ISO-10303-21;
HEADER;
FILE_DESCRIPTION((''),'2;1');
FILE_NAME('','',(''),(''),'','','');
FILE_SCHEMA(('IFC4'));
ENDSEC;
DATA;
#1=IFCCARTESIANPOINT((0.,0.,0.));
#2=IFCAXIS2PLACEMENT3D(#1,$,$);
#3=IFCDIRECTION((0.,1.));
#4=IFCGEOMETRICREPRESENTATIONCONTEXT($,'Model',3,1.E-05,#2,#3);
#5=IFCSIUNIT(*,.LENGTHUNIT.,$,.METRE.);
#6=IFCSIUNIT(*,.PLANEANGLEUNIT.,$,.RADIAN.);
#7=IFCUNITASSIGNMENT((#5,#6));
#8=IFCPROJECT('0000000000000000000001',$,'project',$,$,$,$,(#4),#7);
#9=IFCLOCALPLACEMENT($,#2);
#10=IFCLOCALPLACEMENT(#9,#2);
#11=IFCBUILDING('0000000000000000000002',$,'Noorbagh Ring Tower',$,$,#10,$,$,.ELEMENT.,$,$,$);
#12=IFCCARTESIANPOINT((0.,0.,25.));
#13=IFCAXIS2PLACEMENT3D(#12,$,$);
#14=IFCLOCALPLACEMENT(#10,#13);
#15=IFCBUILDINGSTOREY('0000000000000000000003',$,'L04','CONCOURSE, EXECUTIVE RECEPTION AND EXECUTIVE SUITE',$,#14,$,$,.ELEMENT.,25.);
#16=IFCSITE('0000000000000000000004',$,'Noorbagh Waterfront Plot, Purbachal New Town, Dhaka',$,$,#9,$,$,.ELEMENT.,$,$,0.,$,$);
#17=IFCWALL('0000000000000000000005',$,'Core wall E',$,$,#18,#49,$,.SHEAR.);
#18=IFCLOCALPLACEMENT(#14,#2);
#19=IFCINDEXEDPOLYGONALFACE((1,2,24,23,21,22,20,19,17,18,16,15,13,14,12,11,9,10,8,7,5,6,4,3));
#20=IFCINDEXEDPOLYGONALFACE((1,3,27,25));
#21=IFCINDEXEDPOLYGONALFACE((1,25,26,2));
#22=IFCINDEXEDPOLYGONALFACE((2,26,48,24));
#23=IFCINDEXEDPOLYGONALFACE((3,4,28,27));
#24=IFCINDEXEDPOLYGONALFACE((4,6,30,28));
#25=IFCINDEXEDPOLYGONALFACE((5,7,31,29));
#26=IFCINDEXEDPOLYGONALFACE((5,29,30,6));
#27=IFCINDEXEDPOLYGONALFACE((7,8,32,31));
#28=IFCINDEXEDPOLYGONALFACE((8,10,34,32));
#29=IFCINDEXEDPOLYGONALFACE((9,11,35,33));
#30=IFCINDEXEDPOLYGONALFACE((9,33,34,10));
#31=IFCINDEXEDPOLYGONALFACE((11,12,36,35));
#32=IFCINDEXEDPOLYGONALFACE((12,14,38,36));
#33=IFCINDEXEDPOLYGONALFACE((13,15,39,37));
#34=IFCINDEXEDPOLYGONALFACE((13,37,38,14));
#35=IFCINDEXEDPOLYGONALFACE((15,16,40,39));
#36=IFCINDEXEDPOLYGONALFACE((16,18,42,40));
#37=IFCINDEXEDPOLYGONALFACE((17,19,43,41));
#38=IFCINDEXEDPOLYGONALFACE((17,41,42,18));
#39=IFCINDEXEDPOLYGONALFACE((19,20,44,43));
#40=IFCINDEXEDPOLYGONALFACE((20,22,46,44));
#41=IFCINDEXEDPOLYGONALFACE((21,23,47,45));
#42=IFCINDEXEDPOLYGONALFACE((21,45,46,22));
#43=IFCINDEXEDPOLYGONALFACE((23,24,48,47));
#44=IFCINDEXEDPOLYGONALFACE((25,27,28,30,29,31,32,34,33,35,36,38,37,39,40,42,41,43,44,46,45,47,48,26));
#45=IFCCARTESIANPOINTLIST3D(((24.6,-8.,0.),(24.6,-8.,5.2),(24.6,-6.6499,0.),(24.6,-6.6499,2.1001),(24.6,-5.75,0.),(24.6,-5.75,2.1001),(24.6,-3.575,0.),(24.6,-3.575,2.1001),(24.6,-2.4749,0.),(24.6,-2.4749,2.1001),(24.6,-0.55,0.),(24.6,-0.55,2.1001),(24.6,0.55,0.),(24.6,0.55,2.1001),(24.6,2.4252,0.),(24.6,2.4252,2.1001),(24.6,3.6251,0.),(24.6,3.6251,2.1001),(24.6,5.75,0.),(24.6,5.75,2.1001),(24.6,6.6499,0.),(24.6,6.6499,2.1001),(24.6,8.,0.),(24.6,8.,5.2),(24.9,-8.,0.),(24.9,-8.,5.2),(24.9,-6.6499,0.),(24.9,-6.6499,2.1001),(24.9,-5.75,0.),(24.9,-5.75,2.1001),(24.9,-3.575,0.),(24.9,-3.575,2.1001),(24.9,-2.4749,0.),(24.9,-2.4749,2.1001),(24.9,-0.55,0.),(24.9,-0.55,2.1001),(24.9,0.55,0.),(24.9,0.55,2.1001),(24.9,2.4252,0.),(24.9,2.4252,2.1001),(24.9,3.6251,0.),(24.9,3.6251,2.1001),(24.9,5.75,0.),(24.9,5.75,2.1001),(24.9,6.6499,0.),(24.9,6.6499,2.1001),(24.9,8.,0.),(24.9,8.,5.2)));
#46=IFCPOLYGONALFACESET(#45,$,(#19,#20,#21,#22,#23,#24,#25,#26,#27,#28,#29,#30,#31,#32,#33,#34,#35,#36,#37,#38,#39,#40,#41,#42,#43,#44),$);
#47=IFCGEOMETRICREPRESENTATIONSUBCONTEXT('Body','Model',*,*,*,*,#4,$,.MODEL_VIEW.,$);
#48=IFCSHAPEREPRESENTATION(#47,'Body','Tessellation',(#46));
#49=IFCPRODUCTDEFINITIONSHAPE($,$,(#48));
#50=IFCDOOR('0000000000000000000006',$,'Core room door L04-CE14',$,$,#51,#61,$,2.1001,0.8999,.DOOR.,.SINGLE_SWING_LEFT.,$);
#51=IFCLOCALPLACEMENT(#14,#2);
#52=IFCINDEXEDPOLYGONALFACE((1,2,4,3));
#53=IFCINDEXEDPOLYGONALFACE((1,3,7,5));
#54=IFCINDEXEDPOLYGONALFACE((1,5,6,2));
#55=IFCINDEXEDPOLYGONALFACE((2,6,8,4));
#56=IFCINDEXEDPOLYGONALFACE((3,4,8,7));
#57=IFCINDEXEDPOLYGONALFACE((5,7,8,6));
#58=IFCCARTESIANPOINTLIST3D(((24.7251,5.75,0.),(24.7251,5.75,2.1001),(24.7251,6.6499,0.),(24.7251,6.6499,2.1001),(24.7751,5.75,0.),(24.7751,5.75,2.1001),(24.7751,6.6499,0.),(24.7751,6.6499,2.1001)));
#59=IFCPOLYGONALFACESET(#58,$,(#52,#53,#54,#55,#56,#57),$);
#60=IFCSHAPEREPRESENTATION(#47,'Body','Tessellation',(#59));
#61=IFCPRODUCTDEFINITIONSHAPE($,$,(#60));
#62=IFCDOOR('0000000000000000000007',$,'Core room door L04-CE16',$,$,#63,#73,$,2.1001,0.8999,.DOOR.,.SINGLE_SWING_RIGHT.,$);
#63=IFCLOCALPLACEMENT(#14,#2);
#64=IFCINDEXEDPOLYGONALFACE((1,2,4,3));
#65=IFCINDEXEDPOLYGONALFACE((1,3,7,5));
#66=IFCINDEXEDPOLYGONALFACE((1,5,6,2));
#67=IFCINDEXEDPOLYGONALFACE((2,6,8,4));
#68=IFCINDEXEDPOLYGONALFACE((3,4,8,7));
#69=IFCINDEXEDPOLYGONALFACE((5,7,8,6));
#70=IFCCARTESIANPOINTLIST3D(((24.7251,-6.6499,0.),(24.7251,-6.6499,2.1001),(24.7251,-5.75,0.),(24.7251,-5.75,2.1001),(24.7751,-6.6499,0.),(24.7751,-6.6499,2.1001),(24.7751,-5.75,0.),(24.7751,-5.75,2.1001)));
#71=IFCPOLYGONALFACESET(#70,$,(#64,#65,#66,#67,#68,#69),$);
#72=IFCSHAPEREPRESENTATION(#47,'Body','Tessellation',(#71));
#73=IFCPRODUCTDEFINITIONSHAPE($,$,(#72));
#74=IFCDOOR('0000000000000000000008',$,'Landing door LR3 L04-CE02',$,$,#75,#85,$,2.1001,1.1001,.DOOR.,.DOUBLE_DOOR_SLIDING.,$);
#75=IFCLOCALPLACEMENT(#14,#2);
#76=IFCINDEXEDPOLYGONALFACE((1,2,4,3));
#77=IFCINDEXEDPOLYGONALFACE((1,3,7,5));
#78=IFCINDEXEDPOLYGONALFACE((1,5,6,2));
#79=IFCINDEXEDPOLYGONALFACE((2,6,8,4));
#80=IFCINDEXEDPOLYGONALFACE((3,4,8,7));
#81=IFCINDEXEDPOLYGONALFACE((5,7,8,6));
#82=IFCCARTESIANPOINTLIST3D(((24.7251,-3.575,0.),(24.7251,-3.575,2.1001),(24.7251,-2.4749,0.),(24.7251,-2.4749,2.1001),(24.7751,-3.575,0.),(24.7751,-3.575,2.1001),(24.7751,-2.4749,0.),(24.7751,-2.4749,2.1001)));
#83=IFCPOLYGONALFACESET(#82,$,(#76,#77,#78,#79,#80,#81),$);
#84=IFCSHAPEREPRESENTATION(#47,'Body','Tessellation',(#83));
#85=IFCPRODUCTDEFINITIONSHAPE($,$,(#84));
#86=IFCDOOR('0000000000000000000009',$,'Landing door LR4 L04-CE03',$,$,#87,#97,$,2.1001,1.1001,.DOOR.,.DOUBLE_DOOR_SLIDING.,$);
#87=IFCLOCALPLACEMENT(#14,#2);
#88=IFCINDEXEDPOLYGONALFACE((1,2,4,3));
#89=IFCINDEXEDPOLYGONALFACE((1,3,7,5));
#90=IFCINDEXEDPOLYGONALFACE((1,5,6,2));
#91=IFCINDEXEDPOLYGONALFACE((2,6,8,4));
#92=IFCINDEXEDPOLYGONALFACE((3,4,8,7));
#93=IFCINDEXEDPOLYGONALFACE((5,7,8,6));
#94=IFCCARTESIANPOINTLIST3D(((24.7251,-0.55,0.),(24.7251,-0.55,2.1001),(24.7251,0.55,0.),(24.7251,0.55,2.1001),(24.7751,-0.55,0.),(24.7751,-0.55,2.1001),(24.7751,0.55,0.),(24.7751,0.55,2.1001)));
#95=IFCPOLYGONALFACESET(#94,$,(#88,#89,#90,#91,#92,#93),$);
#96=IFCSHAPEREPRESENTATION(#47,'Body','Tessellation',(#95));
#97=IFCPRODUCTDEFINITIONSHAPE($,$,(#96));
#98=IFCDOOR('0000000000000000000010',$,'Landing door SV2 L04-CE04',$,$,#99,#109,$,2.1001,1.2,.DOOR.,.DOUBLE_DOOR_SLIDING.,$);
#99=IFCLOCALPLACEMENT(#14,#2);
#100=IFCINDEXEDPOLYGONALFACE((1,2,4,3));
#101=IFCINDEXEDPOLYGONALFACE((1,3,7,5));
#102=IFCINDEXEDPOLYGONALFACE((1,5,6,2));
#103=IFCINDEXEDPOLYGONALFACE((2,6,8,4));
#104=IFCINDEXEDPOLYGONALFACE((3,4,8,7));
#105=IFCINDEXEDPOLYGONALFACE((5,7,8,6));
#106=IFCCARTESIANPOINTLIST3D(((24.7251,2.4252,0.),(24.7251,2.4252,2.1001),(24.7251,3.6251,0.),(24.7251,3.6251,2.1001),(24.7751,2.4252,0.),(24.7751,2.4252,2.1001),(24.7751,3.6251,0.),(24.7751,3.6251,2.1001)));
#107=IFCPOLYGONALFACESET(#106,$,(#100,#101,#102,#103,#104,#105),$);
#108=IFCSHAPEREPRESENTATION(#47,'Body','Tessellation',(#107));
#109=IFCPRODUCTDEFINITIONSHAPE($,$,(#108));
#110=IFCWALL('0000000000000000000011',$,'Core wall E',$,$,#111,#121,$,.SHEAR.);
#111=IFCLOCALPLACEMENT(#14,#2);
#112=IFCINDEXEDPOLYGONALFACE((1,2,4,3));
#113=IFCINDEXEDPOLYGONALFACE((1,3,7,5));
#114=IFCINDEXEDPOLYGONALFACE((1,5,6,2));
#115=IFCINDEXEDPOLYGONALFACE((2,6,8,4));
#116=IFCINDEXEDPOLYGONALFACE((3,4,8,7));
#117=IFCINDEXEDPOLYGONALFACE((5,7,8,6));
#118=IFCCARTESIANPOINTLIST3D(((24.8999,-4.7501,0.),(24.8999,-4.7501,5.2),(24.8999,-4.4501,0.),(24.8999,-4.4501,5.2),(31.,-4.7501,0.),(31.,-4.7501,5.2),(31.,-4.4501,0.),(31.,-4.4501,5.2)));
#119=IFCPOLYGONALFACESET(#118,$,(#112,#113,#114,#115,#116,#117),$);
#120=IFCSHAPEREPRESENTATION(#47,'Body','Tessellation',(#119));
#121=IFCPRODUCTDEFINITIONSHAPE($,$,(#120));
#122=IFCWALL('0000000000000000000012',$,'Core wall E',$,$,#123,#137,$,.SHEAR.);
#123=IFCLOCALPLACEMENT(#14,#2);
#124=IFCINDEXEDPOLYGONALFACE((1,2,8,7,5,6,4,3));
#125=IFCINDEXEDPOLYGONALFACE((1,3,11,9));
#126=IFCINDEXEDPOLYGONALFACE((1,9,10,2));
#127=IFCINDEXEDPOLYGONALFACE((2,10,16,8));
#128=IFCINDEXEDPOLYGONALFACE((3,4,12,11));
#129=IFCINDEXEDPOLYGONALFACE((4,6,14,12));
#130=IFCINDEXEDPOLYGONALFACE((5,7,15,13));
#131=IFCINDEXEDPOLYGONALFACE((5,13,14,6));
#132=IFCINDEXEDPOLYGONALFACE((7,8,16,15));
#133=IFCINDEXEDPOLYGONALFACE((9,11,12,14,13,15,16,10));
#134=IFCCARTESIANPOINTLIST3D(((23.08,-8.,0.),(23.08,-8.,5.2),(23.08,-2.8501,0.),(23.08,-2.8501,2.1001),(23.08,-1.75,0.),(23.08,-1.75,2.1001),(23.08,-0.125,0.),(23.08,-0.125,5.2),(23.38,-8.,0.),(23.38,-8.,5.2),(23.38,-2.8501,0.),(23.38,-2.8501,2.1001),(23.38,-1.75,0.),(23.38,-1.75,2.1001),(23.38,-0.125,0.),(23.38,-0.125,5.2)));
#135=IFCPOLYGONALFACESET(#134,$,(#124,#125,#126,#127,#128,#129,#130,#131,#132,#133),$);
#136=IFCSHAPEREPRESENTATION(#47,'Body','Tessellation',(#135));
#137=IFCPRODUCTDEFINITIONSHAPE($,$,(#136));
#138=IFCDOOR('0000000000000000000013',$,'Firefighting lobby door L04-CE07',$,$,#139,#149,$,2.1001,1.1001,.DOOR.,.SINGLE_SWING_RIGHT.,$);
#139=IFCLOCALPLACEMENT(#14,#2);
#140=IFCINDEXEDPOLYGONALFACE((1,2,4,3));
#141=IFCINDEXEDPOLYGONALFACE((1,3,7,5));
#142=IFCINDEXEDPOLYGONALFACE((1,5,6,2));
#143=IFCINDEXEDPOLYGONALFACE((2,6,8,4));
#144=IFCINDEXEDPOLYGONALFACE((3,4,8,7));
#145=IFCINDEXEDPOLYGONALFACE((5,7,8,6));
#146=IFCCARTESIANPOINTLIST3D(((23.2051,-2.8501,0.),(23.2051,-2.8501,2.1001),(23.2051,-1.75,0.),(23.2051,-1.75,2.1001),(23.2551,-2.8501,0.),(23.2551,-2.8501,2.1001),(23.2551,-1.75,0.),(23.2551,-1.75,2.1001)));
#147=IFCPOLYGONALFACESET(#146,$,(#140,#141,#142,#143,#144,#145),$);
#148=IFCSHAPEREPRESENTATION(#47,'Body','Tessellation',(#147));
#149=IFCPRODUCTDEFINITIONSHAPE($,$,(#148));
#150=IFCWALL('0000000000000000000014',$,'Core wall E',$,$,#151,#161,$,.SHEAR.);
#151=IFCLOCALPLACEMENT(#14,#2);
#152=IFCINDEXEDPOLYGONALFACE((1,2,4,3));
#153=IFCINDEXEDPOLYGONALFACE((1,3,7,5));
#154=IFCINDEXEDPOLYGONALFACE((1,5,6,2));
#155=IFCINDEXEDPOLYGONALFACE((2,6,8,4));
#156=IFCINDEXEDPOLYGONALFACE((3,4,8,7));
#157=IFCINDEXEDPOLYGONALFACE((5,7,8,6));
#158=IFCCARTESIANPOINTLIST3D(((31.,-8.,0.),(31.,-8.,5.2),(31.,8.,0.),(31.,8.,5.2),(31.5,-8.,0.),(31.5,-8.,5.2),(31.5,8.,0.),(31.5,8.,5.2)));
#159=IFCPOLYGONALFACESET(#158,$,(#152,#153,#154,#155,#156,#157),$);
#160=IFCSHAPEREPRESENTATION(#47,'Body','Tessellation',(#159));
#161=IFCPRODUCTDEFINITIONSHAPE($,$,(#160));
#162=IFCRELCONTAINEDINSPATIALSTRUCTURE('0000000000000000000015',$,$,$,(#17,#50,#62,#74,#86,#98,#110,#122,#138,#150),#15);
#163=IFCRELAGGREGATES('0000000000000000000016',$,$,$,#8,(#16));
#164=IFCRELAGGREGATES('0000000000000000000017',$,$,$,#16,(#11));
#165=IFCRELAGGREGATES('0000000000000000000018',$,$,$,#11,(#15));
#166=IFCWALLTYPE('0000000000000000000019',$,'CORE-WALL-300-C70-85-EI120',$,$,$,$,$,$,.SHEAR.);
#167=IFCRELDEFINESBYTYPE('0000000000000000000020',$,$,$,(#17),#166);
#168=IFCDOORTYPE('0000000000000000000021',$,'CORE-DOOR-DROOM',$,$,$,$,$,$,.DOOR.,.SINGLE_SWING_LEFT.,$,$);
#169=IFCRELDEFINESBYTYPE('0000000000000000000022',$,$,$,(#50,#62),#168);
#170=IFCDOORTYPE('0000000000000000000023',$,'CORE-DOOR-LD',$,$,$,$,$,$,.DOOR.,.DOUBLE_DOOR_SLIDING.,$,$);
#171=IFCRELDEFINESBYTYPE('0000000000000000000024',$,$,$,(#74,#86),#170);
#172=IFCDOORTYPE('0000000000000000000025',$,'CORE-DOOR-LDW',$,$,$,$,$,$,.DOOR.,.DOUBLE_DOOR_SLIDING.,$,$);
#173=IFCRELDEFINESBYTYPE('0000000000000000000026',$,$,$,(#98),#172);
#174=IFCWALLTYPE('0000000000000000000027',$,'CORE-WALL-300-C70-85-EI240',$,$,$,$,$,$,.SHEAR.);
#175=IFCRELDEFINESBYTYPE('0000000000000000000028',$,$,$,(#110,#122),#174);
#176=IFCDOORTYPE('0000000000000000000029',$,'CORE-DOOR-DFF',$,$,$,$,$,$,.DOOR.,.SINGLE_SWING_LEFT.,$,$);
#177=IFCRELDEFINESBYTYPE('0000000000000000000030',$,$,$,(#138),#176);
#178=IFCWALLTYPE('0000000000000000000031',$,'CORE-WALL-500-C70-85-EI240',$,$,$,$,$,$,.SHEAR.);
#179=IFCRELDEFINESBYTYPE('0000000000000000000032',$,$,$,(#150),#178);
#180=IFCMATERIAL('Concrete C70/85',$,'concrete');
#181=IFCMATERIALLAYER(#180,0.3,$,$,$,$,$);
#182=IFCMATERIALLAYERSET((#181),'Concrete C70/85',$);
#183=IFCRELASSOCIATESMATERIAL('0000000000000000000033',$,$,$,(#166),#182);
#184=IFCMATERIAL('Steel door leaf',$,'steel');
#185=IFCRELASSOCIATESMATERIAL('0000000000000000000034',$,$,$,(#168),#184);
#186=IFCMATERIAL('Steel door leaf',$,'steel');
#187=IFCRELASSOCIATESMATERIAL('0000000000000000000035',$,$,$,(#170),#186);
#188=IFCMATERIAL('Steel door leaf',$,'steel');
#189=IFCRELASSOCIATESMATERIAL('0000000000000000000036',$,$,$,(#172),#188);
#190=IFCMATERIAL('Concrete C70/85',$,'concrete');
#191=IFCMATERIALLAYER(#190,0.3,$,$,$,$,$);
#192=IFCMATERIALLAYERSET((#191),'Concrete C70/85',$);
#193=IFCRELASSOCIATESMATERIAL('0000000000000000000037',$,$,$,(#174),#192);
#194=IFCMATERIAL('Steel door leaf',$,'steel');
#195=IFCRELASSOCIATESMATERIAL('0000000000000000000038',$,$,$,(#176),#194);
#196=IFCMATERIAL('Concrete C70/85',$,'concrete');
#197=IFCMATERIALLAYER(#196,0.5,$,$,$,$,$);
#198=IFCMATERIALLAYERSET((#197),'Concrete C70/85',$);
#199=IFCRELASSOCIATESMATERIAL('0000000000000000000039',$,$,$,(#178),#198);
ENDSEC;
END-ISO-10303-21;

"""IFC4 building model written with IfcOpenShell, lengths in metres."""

from ifc_helpers import new_model, si_unit, direction, frame, frame_2d, origin, place, context, subcontext, project, spatial, rectangle, extrude, material, layer, layer_set, type_object, element, fill, save


model = new_model("IFC4")

# Units and contexts
model_context = context("Model", 3, precision=1e-05, world=origin(), true_north=direction((0.0, 1.0)))
body_context = subcontext(model_context, "Body", "Model", "MODEL_VIEW")
ifc_project = project(units=[si_unit("LENGTHUNIT", "METRE"), si_unit("PLANEANGLEUNIT", "RADIAN")], contexts=[model_context])

# Site, building, storey
site_placement = place(None, origin())
site = spatial("IfcSite", under=ifc_project, at=site_placement, Name="Noorbagh Waterfront Plot, Purbachal New Town, Dhaka", CompositionType="ELEMENT", RefElevation=0.0)
building_placement = place(site_placement, origin())
building = spatial("IfcBuilding", under=site, at=building_placement, Name="Noorbagh Ring Tower", CompositionType="ELEMENT")
storey_placement = place(building_placement, frame((0.0, 0.0, 25.0)))
storey = spatial("IfcBuildingStorey", under=building, at=storey_placement, Name="L04", Description="CONCOURSE, EXECUTIVE RECEPTION AND EXECUTIVE SUITE", CompositionType="ELEMENT", Elevation=25.0)

# Shared definitions
ifc_material_1 = material(Name="Concrete C70/85", Category="concrete")
ifc_layer_1 = layer(ifc_material_1, 0.3)
ifc_layer_set_1 = layer_set([ifc_layer_1], Name="Concrete C70/85")
wall_type_1 = type_object("IfcWallType", Name="CORE-WALL-300-C70-85-EI120", PredefinedType="SHEAR", material=ifc_layer_set_1)

# Wall, openings, doors
wall_1_placement = place(storey_placement, frame((24.75, -8.0, 0.0), z_axis=(0.0, 0.0, 1.0), x_axis=(0.0, 1.0, 0.0)))
wall_1 = element("IfcWall", 1, at=wall_1_placement, inside=storey, type_object=wall_type_1, Name="Core wall E", PredefinedType="SHEAR", context=body_context, shape_type="SweptSolid", body=[
    extrude(rectangle(XDim=16.0, YDim=0.3, at=frame_2d((8.0, 0.0))), origin(), (0.0, 0.0, 1.0), 5.2),
])
opening_1_placement = place(wall_1_placement, frame((4.425, 0.0, 0.0)))
opening_1 = element("IfcOpeningElement", 2, at=opening_1_placement, cuts=wall_1, PredefinedType="OPENING", context=body_context, shape_type="SweptSolid", body=[
    extrude(rectangle(XDim=1.1001, YDim=2.1001, at=frame_2d((0.55, 1.05))), frame((0.0, 0.1602, 0.0), z_axis=(0.0, -1.0, 0.0), x_axis=(1.0, 0.0, 0.0)), (0.0, 0.0, 1.0), 0.3201),
])
opening_2_placement = place(wall_1_placement, frame((7.45, 0.0, 0.0)))
opening_2 = element("IfcOpeningElement", 3, at=opening_2_placement, cuts=wall_1, PredefinedType="OPENING", context=body_context, shape_type="SweptSolid", body=[
    extrude(rectangle(XDim=1.1001, YDim=2.1001, at=frame_2d((0.55, 1.05))), frame((0.0, 0.1602, 0.0), z_axis=(0.0, -1.0, 0.0), x_axis=(1.0, 0.0, 0.0)), (0.0, 0.0, 1.0), 0.3201),
])
opening_3_placement = place(wall_1_placement, frame((10.425, 0.0, 0.0)))
opening_3 = element("IfcOpeningElement", 4, at=opening_3_placement, cuts=wall_1, PredefinedType="OPENING", context=body_context, shape_type="SweptSolid", body=[
    extrude(rectangle(XDim=1.2, YDim=2.1001, at=frame_2d((0.6001, 1.05))), frame((0.0, 0.1602, 0.0), z_axis=(0.0, -1.0, 0.0), x_axis=(1.0, 0.0, 0.0)), (0.0, 0.0, 1.0), 0.3201),
])
opening_4_placement = place(wall_1_placement, frame((13.75, 0.0, 0.0)))
opening_4 = element("IfcOpeningElement", 5, at=opening_4_placement, cuts=wall_1, PredefinedType="OPENING", context=body_context, shape_type="SweptSolid", body=[
    extrude(rectangle(XDim=0.8999, YDim=2.1001, at=frame_2d((0.45, 1.05))), frame((0.0, 0.1602, 0.0), z_axis=(0.0, -1.0, 0.0), x_axis=(1.0, 0.0, 0.0)), (0.0, 0.0, 1.0), 0.3201),
])
opening_5_placement = place(wall_1_placement, frame((1.3501, 0.0, 0.0)))
opening_5 = element("IfcOpeningElement", 6, at=opening_5_placement, cuts=wall_1, PredefinedType="OPENING", context=body_context, shape_type="SweptSolid", body=[
    extrude(rectangle(XDim=0.8999, YDim=2.1001, at=frame_2d((0.45, 1.05))), frame((0.0, 0.1602, 0.0), z_axis=(0.0, -1.0, 0.0), x_axis=(1.0, 0.0, 0.0)), (0.0, 0.0, 1.0), 0.3201),
])
ifc_material_2 = material(Name="Steel door leaf", Category="steel")
door_type_1 = type_object("IfcDoorType", Name="CORE-DOOR-DROOM", OperationType="SINGLE_SWING_LEFT", PredefinedType="DOOR", material=ifc_material_2)
door_1_placement = place(opening_4_placement, origin())
door_1 = element("IfcDoor", 7, at=door_1_placement, inside=storey, type_object=door_type_1, Name="Core room door L04-CE14", OperationType="SINGLE_SWING_LEFT", OverallHeight=2.1001, OverallWidth=0.8999, PredefinedType="DOOR", context=body_context, shape_type="SweptSolid", body=[
    extrude(rectangle(XDim=0.8999, YDim=2.1001, at=frame_2d((0.45, 1.05))), frame((0.0, 0.0249, 0.0), z_axis=(0.0, -1.0, 0.0), x_axis=(1.0, 0.0, 0.0)), (0.0, 0.0, 1.0), 0.05),
])
fill(opening_4, door_1)
door_2_placement = place(opening_5_placement, origin())
door_2 = element("IfcDoor", 8, at=door_2_placement, inside=storey, type_object=door_type_1, Name="Core room door L04-CE16", OperationType="SINGLE_SWING_RIGHT", OverallHeight=2.1001, OverallWidth=0.8999, PredefinedType="DOOR", context=body_context, shape_type="SweptSolid", body=[
    extrude(rectangle(XDim=0.8999, YDim=2.1001, at=frame_2d((0.45, 1.05))), frame((0.0, 0.0249, 0.0), z_axis=(0.0, -1.0, 0.0), x_axis=(1.0, 0.0, 0.0)), (0.0, 0.0, 1.0), 0.05),
])
fill(opening_5, door_2)
ifc_material_3 = material(Name="Steel door leaf", Category="steel")
door_type_2 = type_object("IfcDoorType", Name="CORE-DOOR-LD", OperationType="DOUBLE_DOOR_SLIDING", PredefinedType="DOOR", material=ifc_material_3)
door_3_placement = place(opening_1_placement, origin())
door_3 = element("IfcDoor", 9, at=door_3_placement, inside=storey, type_object=door_type_2, Name="Landing door LR3 L04-CE02", OperationType="DOUBLE_DOOR_SLIDING", OverallHeight=2.1001, OverallWidth=1.1001, PredefinedType="DOOR", context=body_context, shape_type="SweptSolid", body=[
    extrude(rectangle(XDim=1.1001, YDim=2.1001, at=frame_2d((0.55, 1.05))), frame((0.0, 0.0249, 0.0), z_axis=(0.0, -1.0, 0.0), x_axis=(1.0, 0.0, 0.0)), (0.0, 0.0, 1.0), 0.05),
])
fill(opening_1, door_3)
door_4_placement = place(opening_2_placement, origin())
door_4 = element("IfcDoor", 10, at=door_4_placement, inside=storey, type_object=door_type_2, Name="Landing door LR4 L04-CE03", OperationType="DOUBLE_DOOR_SLIDING", OverallHeight=2.1001, OverallWidth=1.1001, PredefinedType="DOOR", context=body_context, shape_type="SweptSolid", body=[
    extrude(rectangle(XDim=1.1001, YDim=2.1001, at=frame_2d((0.55, 1.05))), frame((0.0, 0.0249, 0.0), z_axis=(0.0, -1.0, 0.0), x_axis=(1.0, 0.0, 0.0)), (0.0, 0.0, 1.0), 0.05),
])
fill(opening_2, door_4)
ifc_material_4 = material(Name="Steel door leaf", Category="steel")
door_type_3 = type_object("IfcDoorType", Name="CORE-DOOR-LDW", OperationType="DOUBLE_DOOR_SLIDING", PredefinedType="DOOR", material=ifc_material_4)
door_5_placement = place(opening_3_placement, origin())
door_5 = element("IfcDoor", 11, at=door_5_placement, inside=storey, type_object=door_type_3, Name="Landing door SV2 L04-CE04", OperationType="DOUBLE_DOOR_SLIDING", OverallHeight=2.1001, OverallWidth=1.2, PredefinedType="DOOR", context=body_context, shape_type="SweptSolid", body=[
    extrude(rectangle(XDim=1.2, YDim=2.1001, at=frame_2d((0.6001, 1.05))), frame((0.0, 0.0249, 0.0), z_axis=(0.0, -1.0, 0.0), x_axis=(1.0, 0.0, 0.0)), (0.0, 0.0, 1.0), 0.05),
])
fill(opening_3, door_5)

# Wall
ifc_material_5 = material(Name="Concrete C70/85", Category="concrete")
ifc_layer_2 = layer(ifc_material_5, 0.3)
ifc_layer_set_2 = layer_set([ifc_layer_2], Name="Concrete C70/85")
wall_type_2 = type_object("IfcWallType", Name="CORE-WALL-300-C70-85-EI240", PredefinedType="SHEAR", material=ifc_layer_set_2)
wall_2_placement = place(storey_placement, frame((24.8999, -4.6001, 0.0), z_axis=(0.0, 0.0, 1.0), x_axis=(1.0, 0.0, 0.0)))
element("IfcWall", 12, at=wall_2_placement, inside=storey, type_object=wall_type_2, Name="Core wall E", PredefinedType="SHEAR", context=body_context, shape_type="SweptSolid", body=[
    extrude(rectangle(XDim=6.1001, YDim=0.3, at=frame_2d((3.05, 0.0))), origin(), (0.0, 0.0, 1.0), 5.2),
])

# Wall, opening, door
wall_3_placement = place(storey_placement, frame((23.23, -8.0, 0.0), z_axis=(0.0, 0.0, 1.0), x_axis=(0.0, 1.0, 0.0)))
wall_3 = element("IfcWall", 13, at=wall_3_placement, inside=storey, type_object=wall_type_2, Name="Core wall E", PredefinedType="SHEAR", context=body_context, shape_type="SweptSolid", body=[
    extrude(rectangle(XDim=7.875, YDim=0.3, at=frame_2d((3.9375, 0.0))), origin(), (0.0, 0.0, 1.0), 5.2),
])
opening_6_placement = place(wall_3_placement, frame((5.1499, 0.0, 0.0)))
opening_6 = element("IfcOpeningElement", 14, at=opening_6_placement, cuts=wall_3, PredefinedType="OPENING", context=body_context, shape_type="SweptSolid", body=[
    extrude(rectangle(XDim=1.1001, YDim=2.1001, at=frame_2d((0.55, 1.05))), frame((0.0, 0.1602, 0.0), z_axis=(0.0, -1.0, 0.0), x_axis=(1.0, 0.0, 0.0)), (0.0, 0.0, 1.0), 0.3201),
])
ifc_material_6 = material(Name="Steel door leaf", Category="steel")
door_type_4 = type_object("IfcDoorType", Name="CORE-DOOR-DFF", OperationType="SINGLE_SWING_LEFT", PredefinedType="DOOR", material=ifc_material_6)
door_6_placement = place(opening_6_placement, origin())
door_6 = element("IfcDoor", 15, at=door_6_placement, inside=storey, type_object=door_type_4, Name="Firefighting lobby door L04-CE07", OperationType="SINGLE_SWING_RIGHT", OverallHeight=2.1001, OverallWidth=1.1001, PredefinedType="DOOR", context=body_context, shape_type="SweptSolid", body=[
    extrude(rectangle(XDim=1.1001, YDim=2.1001, at=frame_2d((0.55, 1.05))), frame((0.0, 0.0249, 0.0), z_axis=(0.0, -1.0, 0.0), x_axis=(1.0, 0.0, 0.0)), (0.0, 0.0, 1.0), 0.05),
])
fill(opening_6, door_6)

# Wall
ifc_material_7 = material(Name="Concrete C70/85", Category="concrete")
ifc_layer_3 = layer(ifc_material_7, 0.5)
ifc_layer_set_3 = layer_set([ifc_layer_3], Name="Concrete C70/85")
wall_type_3 = type_object("IfcWallType", Name="CORE-WALL-500-C70-85-EI240", PredefinedType="SHEAR", material=ifc_layer_set_3)
wall_4_placement = place(storey_placement, frame((31.25, -8.0, 0.0), z_axis=(0.0, 0.0, 1.0), x_axis=(0.0, 1.0, 0.0)))
element("IfcWall", 16, at=wall_4_placement, inside=storey, type_object=wall_type_3, Name="Core wall E", PredefinedType="SHEAR", context=body_context, shape_type="SweptSolid", body=[
    extrude(rectangle(XDim=16.0, YDim=0.5, at=frame_2d((8.0, 0.0))), origin(), (0.0, 0.0, 1.0), 5.2),
])

save(model, "model.ifc")
